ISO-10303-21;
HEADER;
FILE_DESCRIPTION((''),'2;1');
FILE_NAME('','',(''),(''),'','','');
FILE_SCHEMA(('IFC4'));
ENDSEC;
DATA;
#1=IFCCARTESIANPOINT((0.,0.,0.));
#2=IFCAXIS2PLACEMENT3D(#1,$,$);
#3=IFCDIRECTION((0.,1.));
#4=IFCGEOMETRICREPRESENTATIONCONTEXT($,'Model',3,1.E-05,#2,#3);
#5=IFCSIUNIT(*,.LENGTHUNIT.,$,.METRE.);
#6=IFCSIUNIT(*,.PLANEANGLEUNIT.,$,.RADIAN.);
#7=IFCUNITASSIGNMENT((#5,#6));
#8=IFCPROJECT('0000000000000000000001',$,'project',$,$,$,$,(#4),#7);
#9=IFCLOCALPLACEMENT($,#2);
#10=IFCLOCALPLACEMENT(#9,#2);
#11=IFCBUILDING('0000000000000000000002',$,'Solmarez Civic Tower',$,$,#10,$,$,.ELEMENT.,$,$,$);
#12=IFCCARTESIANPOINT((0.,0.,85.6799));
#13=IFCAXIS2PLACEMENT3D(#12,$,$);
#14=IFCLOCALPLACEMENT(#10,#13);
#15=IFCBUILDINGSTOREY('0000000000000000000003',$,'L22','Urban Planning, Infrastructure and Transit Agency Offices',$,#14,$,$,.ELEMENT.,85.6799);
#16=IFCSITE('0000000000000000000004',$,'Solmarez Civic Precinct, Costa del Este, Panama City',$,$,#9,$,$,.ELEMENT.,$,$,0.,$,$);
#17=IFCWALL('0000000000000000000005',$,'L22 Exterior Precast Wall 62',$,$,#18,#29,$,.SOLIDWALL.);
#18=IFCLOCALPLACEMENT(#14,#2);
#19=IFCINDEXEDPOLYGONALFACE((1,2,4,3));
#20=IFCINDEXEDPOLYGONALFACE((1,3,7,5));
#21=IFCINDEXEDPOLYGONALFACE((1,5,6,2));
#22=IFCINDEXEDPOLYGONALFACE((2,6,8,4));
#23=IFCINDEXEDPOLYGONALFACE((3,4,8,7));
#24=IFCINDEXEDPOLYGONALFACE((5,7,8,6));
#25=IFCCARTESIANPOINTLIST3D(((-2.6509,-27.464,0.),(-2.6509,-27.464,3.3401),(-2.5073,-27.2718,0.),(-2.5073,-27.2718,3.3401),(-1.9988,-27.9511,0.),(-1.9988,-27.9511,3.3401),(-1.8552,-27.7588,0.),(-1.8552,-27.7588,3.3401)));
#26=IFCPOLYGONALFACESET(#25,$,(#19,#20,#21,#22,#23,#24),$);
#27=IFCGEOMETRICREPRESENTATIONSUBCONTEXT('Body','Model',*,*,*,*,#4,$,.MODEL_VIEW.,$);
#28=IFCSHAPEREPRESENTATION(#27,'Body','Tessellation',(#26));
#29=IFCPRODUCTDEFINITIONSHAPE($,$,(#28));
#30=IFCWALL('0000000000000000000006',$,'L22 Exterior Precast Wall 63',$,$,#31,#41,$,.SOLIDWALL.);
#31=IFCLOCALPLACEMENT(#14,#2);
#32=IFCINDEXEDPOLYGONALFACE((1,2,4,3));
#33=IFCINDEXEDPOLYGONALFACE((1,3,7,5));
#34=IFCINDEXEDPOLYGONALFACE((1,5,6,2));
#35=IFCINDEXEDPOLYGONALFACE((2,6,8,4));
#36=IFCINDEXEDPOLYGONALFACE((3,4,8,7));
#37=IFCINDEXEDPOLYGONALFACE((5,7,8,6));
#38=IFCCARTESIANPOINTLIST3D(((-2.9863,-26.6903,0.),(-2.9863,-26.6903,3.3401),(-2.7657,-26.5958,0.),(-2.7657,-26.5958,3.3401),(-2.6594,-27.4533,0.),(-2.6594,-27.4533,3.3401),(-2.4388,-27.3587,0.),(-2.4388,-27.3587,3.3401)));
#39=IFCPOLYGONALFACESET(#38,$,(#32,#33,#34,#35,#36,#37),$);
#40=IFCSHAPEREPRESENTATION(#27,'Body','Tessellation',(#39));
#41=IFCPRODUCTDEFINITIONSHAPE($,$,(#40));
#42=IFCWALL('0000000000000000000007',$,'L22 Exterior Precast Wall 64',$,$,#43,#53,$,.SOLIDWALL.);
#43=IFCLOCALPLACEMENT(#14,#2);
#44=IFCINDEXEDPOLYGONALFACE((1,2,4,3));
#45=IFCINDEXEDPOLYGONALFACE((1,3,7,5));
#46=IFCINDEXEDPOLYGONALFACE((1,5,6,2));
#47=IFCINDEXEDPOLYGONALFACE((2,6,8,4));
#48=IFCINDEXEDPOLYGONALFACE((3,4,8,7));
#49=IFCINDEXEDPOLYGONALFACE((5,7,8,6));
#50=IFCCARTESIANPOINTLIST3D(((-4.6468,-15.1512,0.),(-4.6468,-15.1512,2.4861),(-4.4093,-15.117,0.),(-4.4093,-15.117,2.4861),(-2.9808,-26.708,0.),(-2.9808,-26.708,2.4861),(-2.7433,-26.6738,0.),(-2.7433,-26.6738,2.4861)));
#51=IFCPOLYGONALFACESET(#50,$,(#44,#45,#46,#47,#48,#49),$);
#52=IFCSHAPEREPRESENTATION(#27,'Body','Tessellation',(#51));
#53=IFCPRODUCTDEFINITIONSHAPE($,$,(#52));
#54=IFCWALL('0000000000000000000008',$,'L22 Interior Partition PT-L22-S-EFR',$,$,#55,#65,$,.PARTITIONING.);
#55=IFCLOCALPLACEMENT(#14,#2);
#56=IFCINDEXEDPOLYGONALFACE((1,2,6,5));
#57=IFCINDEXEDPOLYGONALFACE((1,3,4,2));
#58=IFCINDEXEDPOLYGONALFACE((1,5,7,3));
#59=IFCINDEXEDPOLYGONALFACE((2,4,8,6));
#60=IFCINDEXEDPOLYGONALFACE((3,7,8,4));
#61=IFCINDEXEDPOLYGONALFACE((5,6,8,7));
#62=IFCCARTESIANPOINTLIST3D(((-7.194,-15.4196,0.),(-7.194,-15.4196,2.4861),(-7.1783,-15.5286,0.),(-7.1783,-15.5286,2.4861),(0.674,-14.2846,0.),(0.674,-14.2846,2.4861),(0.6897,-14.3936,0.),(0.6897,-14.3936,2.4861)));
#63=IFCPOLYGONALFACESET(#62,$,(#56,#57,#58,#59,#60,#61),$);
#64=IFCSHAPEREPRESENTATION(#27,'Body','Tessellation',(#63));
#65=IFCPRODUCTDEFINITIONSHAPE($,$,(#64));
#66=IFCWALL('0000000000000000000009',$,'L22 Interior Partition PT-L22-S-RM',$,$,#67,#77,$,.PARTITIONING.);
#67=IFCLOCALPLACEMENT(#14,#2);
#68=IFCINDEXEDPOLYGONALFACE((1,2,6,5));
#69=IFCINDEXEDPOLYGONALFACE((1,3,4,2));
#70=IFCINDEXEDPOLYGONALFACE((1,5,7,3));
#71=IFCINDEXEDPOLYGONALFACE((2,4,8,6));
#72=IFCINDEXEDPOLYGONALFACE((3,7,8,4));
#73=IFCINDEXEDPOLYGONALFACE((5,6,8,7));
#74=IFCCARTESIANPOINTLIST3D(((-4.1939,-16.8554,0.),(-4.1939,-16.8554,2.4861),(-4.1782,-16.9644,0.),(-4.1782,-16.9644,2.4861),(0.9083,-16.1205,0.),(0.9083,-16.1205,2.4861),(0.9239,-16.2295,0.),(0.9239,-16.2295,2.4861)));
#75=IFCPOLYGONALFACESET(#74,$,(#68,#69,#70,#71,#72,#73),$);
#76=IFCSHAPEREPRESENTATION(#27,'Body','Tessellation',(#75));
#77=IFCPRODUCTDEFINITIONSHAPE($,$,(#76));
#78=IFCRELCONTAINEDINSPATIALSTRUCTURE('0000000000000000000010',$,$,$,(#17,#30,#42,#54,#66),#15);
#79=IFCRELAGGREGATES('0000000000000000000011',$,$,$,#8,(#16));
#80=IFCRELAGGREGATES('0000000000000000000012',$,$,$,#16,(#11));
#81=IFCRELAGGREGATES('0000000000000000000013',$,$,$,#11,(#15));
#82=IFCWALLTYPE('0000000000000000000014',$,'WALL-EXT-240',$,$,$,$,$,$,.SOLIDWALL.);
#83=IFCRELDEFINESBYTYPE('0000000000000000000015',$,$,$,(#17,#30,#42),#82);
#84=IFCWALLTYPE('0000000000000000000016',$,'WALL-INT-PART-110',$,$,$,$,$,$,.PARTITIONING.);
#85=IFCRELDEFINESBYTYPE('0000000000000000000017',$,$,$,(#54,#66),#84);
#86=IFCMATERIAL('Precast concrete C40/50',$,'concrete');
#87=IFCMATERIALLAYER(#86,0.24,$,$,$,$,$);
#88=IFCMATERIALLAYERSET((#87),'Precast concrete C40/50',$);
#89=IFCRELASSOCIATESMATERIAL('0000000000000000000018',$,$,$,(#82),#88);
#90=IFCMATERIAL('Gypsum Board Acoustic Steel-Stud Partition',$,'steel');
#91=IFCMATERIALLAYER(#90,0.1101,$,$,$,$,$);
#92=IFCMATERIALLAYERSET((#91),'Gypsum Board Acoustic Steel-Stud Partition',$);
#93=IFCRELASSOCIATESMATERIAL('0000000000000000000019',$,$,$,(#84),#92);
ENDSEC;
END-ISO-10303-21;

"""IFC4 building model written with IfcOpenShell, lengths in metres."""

from ifc_helpers import new_model, si_unit, direction, frame, frame_2d, origin, place, context, subcontext, project, spatial, rectangle, extrude, material, layer, layer_set, type_object, element, save


model = new_model("IFC4")

# Units and contexts
model_context = context("Model", 3, precision=1e-05, world=origin(), true_north=direction((0.0, 1.0)))
body_context = subcontext(model_context, "Body", "Model", "MODEL_VIEW")
ifc_project = project(units=[si_unit("LENGTHUNIT", "METRE"), si_unit("PLANEANGLEUNIT", "RADIAN")], contexts=[model_context])

# Site, building, storey
site_placement = place(None, origin())
site = spatial("IfcSite", under=ifc_project, at=site_placement, Name="Solmarez Civic Precinct, Costa del Este, Panama City", CompositionType="ELEMENT", RefElevation=0.0)
building_placement = place(site_placement, origin())
building = spatial("IfcBuilding", under=site, at=building_placement, Name="Solmarez Civic Tower", CompositionType="ELEMENT")
storey_placement = place(building_placement, frame((0.0, 0.0, 85.6799)))
storey = spatial("IfcBuildingStorey", under=building, at=storey_placement, Name="L22", Description="Urban Planning, Infrastructure and Transit Agency Offices", CompositionType="ELEMENT", Elevation=85.6799)

# Walls
ifc_material_1 = material(Name="Precast concrete C40/50", Category="concrete")
ifc_layer_1 = layer(ifc_material_1, 0.24)
ifc_layer_set_1 = layer_set([ifc_layer_1], Name="Precast concrete C40/50")
wall_type_1 = type_object("IfcWallType", Name="WALL-EXT-240", PredefinedType="SOLIDWALL", material=ifc_layer_set_1)
wall_1_placement = place(storey_placement, frame((-1.927, -27.855, 0.0), z_axis=(0.0, 0.0, 1.0), x_axis=(-0.801186, 0.598415, 0.0)))
element("IfcWall", 1, at=wall_1_placement, inside=storey, type_object=wall_type_1, Name="L22 Exterior Precast Wall 62", PredefinedType="SOLIDWALL", context=body_context, shape_type="SweptSolid", body=[
    extrude(rectangle(XDim=0.814, YDim=0.24, at=frame_2d((0.407, 0.0))), origin(), (0.0, 0.0, 1.0), 3.3401),
])
wall_2_placement = place(storey_placement, frame((-2.5491, -27.406, 0.0), z_axis=(0.0, 0.0, 1.0), x_axis=(-0.393848, 0.919175, 0.0)))
element("IfcWall", 2, at=wall_2_placement, inside=storey, type_object=wall_type_1, Name="L22 Exterior Precast Wall 63", PredefinedType="SOLIDWALL", context=body_context, shape_type="SweptSolid", body=[
    extrude(rectangle(XDim=0.8301, YDim=0.24, at=frame_2d((0.415, 0.0))), origin(), (0.0, 0.0, 1.0), 3.3401),
])
wall_3_placement = place(storey_placement, frame((-2.8621, -26.6909, 0.0), z_axis=(0.0, 0.0, 1.0), x_axis=(-0.142683, 0.989768, 0.0)))
element("IfcWall", 3, at=wall_3_placement, inside=storey, type_object=wall_type_1, Name="L22 Exterior Precast Wall 64", PredefinedType="SOLIDWALL", context=body_context, shape_type="SweptSolid", body=[
    extrude(rectangle(XDim=11.6763, YDim=0.24, at=frame_2d((5.8381, 0.0))), origin(), (0.0, 0.0, 1.0), 2.4861),
])
ifc_material_2 = material(Name="Gypsum Board Acoustic Steel-Stud Partition", Category="steel")
ifc_layer_2 = layer(ifc_material_2, 0.1101)
ifc_layer_set_2 = layer_set([ifc_layer_2], Name="Gypsum Board Acoustic Steel-Stud Partition")
wall_type_2 = type_object("IfcWallType", Name="WALL-INT-PART-110", PredefinedType="PARTITIONING", material=ifc_layer_set_2)
wall_4_placement = place(storey_placement, frame((-7.186, -15.4741, 0.0), z_axis=(0.0, 0.0, 1.0), x_axis=(0.989754, 0.14278, 0.0)))
element("IfcWall", 4, at=wall_4_placement, inside=storey, type_object=wall_type_2, Name="L22 Interior Partition PT-L22-S-EFR", PredefinedType="PARTITIONING", context=body_context, shape_type="SweptSolid", body=[
    extrude(rectangle(XDim=7.9495, YDim=0.1101, at=frame_2d((3.9746, 0.0))), origin(), (0.0, 0.0, 1.0), 2.4861),
])
wall_5_placement = place(storey_placement, frame((-4.186, -16.9099, 0.0), z_axis=(0.0, 0.0, 1.0), x_axis=(0.989786, 0.142562, 0.0)))
element("IfcWall", 5, at=wall_5_placement, inside=storey, type_object=wall_type_2, Name="L22 Interior Partition PT-L22-S-RM", PredefinedType="PARTITIONING", context=body_context, shape_type="SweptSolid", body=[
    extrude(rectangle(XDim=5.1548, YDim=0.1101, at=frame_2d((2.5774, 0.0))), origin(), (0.0, 0.0, 1.0), 2.4861),
])

save(model, "model.ifc")
